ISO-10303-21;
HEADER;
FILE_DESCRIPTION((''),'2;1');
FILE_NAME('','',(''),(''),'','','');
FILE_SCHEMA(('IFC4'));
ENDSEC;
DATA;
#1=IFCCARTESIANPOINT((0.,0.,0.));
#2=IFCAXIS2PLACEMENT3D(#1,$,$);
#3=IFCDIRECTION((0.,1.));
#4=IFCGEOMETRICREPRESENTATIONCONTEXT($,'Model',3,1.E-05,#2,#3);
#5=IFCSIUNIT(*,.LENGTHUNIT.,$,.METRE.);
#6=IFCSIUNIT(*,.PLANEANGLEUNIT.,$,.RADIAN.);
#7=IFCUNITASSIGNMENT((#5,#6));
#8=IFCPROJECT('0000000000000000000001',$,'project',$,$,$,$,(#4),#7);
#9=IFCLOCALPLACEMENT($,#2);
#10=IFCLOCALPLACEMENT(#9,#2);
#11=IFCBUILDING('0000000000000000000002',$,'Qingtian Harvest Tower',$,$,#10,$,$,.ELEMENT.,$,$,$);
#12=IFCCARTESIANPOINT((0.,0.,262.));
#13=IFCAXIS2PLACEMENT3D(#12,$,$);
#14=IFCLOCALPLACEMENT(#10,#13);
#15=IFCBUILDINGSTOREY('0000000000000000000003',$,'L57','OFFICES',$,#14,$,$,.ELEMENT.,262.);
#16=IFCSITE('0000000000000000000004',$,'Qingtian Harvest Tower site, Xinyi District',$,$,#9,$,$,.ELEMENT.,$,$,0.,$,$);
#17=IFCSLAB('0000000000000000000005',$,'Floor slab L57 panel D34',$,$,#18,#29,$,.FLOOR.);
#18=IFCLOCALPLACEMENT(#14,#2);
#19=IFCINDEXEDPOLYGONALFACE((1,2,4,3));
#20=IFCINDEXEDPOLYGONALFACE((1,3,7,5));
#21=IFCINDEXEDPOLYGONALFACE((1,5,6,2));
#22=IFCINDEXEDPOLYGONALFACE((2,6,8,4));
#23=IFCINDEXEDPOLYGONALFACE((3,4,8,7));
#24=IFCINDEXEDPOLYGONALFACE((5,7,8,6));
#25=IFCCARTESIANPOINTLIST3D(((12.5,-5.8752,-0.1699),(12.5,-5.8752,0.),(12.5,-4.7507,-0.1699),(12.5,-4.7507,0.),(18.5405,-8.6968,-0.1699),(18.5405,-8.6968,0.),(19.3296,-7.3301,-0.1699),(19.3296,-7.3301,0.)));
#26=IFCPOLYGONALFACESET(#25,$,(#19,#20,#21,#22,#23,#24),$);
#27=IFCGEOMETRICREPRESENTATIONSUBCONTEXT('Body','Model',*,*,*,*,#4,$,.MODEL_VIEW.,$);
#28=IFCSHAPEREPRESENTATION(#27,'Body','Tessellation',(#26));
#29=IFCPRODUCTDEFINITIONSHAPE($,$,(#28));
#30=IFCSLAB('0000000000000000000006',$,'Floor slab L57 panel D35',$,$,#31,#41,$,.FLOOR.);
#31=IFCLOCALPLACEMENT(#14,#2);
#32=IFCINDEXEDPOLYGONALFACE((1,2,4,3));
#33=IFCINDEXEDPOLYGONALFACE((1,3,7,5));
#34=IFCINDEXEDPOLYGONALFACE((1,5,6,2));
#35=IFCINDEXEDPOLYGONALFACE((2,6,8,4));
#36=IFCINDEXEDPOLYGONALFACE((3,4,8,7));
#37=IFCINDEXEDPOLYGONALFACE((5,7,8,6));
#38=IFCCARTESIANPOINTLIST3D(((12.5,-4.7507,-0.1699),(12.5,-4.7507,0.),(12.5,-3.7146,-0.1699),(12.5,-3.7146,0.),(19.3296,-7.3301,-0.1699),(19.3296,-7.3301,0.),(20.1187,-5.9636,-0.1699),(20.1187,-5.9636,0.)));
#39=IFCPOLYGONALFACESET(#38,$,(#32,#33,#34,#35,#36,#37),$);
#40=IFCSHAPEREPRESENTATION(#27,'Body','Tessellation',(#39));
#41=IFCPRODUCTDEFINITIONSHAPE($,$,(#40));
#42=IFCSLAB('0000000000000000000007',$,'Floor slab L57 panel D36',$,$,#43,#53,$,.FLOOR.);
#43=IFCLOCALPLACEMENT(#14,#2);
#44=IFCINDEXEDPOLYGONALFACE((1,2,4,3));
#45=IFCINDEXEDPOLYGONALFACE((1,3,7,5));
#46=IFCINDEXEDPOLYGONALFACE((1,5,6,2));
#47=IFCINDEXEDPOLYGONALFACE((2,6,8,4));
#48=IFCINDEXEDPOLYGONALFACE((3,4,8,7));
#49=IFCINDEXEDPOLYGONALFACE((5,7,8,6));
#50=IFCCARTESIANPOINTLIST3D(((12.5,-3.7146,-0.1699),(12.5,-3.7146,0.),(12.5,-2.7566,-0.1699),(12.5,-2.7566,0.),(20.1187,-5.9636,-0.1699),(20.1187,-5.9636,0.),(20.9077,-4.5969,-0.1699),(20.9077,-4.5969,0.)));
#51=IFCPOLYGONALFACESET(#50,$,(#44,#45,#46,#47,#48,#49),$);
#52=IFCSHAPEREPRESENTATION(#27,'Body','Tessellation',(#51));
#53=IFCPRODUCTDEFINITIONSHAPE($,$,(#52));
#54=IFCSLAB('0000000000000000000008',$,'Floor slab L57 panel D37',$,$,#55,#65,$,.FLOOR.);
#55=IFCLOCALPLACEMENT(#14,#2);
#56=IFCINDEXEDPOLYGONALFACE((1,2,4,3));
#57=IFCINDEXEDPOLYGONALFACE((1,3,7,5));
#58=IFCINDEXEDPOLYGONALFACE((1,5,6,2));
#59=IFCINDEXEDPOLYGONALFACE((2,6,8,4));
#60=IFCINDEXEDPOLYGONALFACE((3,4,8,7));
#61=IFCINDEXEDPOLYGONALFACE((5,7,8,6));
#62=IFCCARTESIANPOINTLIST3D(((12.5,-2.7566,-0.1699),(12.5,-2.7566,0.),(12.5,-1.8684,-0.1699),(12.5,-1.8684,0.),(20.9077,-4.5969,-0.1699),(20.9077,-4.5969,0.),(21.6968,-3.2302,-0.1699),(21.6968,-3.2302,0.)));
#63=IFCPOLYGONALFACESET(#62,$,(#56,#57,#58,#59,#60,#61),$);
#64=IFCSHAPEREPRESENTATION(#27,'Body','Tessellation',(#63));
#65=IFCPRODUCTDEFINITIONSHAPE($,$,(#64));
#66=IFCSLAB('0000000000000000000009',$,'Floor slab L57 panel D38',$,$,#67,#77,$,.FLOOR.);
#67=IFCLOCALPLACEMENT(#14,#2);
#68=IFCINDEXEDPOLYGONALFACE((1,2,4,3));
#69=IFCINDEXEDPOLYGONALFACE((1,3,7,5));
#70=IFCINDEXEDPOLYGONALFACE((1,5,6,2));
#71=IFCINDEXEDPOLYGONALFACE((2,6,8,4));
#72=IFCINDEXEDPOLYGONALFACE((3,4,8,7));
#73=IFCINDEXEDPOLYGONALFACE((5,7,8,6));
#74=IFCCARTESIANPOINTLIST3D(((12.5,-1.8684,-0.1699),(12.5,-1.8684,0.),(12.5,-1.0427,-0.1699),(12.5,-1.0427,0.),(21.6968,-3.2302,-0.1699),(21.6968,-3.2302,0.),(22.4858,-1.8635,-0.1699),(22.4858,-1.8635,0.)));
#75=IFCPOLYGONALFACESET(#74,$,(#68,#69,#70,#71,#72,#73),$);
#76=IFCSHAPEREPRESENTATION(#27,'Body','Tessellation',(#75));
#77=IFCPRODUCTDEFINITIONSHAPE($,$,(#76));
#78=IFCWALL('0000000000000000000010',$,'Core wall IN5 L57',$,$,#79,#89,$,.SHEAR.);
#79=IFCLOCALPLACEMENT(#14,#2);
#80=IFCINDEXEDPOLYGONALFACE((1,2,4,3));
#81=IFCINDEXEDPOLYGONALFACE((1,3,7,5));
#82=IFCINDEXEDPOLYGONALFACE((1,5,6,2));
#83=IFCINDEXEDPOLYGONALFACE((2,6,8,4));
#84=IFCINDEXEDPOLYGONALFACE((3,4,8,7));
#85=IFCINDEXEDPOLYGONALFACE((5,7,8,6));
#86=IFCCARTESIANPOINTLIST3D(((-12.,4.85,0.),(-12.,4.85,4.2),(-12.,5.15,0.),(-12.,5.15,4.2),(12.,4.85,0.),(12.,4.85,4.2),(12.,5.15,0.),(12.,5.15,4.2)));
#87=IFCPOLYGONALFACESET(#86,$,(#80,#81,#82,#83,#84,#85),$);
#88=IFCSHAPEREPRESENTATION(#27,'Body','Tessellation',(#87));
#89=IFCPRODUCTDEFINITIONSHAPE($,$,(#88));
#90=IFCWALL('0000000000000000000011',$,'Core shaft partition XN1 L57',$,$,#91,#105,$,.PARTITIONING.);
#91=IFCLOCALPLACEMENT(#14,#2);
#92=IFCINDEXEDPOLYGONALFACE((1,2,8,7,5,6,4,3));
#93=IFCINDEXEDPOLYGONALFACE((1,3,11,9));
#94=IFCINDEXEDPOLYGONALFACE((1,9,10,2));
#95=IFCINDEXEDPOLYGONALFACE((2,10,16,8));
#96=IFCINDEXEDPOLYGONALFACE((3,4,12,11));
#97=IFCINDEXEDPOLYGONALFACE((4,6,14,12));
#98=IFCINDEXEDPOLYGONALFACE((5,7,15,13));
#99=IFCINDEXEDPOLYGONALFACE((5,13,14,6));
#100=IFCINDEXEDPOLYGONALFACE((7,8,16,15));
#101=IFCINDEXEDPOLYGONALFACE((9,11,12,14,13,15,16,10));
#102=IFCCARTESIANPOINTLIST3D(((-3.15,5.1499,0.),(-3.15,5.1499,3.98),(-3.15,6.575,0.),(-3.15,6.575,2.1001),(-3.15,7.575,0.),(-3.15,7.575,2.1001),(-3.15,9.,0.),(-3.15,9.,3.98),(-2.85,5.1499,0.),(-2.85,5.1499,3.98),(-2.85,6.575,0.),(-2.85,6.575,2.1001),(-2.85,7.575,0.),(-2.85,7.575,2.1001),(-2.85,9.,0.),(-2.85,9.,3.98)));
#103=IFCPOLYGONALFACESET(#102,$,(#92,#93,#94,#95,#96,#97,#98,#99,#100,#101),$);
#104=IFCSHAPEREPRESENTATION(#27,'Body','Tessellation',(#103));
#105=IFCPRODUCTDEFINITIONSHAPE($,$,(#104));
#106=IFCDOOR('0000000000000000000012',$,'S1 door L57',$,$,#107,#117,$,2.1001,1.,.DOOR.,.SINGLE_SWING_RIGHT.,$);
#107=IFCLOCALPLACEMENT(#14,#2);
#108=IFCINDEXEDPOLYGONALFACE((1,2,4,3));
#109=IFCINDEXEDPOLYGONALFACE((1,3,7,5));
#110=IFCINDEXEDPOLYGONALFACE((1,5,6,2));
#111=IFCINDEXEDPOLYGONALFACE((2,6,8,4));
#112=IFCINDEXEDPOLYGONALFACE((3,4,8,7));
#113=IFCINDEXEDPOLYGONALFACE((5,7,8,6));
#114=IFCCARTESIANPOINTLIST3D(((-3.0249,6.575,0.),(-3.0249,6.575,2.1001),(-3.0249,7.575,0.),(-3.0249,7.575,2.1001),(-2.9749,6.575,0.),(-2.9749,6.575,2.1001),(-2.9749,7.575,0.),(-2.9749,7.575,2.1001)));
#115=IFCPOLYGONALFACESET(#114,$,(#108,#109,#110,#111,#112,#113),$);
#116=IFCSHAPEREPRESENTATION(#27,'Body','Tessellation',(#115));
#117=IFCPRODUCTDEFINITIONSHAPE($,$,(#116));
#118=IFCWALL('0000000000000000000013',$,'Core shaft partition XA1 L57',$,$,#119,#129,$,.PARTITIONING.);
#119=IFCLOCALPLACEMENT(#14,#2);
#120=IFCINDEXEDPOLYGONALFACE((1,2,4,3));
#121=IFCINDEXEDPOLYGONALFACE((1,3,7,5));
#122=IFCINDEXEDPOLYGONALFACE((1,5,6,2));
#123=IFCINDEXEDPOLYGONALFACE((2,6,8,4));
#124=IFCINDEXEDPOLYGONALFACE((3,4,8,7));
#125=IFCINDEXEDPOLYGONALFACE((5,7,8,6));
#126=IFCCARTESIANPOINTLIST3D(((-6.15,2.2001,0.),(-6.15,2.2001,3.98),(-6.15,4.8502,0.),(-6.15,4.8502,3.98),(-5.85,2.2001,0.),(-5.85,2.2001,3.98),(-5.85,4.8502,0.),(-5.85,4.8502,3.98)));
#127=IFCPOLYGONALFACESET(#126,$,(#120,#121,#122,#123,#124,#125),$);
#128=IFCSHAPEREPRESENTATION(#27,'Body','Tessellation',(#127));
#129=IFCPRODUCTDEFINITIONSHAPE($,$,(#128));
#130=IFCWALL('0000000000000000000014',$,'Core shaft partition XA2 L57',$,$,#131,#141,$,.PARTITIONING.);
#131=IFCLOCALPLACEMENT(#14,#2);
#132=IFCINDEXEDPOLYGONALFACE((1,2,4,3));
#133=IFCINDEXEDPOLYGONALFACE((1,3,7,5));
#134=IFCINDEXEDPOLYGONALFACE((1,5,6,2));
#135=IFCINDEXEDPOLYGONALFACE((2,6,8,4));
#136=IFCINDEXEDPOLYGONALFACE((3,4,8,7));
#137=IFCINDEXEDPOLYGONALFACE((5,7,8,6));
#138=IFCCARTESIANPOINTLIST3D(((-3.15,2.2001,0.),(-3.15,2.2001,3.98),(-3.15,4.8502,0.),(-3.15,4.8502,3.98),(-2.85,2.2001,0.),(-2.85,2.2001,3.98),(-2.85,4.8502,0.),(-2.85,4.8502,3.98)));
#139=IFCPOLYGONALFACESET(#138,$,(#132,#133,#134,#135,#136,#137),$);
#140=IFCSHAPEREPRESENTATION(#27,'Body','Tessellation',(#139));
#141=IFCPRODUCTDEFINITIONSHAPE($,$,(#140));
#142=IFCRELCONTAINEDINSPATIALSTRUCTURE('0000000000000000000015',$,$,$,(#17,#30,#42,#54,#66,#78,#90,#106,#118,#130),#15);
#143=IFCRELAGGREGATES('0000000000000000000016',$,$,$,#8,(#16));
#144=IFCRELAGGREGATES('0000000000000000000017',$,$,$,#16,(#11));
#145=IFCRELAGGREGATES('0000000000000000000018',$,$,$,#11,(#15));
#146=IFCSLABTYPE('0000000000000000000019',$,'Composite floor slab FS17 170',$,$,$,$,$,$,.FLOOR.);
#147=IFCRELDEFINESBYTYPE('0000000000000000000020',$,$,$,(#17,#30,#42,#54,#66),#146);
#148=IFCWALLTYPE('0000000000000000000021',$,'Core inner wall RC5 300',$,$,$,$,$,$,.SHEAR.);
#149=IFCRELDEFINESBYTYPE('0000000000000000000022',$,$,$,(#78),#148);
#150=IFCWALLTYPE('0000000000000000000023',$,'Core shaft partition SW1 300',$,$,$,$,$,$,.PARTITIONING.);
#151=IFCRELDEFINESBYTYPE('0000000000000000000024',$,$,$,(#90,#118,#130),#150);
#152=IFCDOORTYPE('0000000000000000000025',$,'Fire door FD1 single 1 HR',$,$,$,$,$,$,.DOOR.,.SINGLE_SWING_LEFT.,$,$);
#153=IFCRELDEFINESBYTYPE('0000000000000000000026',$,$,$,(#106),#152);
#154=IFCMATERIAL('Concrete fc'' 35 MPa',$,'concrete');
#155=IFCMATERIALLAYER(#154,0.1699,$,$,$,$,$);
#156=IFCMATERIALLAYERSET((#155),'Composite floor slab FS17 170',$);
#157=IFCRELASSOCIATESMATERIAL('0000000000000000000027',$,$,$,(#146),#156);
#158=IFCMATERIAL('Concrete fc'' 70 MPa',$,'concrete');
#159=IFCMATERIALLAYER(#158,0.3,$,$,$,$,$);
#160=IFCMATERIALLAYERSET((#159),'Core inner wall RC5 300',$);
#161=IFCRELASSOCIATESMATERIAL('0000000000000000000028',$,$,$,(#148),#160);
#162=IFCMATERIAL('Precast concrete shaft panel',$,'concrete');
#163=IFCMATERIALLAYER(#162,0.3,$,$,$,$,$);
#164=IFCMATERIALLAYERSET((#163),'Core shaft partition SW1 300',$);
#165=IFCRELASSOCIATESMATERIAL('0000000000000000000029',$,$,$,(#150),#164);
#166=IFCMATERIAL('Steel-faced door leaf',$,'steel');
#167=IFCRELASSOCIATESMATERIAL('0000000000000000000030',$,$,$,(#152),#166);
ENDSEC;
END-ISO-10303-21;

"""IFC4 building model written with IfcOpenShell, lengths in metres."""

from ifc_helpers import new_model, si_unit, direction, frame, frame_2d, origin, place, context, subcontext, project, spatial, polyline, rectangle, outline, extrude, material, layer, layer_set, type_object, element, fill, save


model = new_model("IFC4")

# Units and contexts
model_context = context("Model", 3, precision=1e-05, world=origin(), true_north=direction((0.0, 1.0)))
body_context = subcontext(model_context, "Body", "Model", "MODEL_VIEW")
ifc_project = project(units=[si_unit("LENGTHUNIT", "METRE"), si_unit("PLANEANGLEUNIT", "RADIAN")], contexts=[model_context])

# Site, building, storey
site_placement = place(None, origin())
site = spatial("IfcSite", under=ifc_project, at=site_placement, Name="Qingtian Harvest Tower site, Xinyi District", CompositionType="ELEMENT", RefElevation=0.0)
building_placement = place(site_placement, origin())
building = spatial("IfcBuilding", under=site, at=building_placement, Name="Qingtian Harvest Tower", CompositionType="ELEMENT")
storey_placement = place(building_placement, frame((0.0, 0.0, 262.0)))
storey = spatial("IfcBuildingStorey", under=building, at=storey_placement, Name="L57", Description="OFFICES", CompositionType="ELEMENT", Elevation=262.0)

# Slabs
ifc_material_1 = material(Name="Concrete fc' 35 MPa", Category="concrete")
ifc_layer_1 = layer(ifc_material_1, 0.1699)
ifc_layer_set_1 = layer_set([ifc_layer_1], Name="Composite floor slab FS17 170")
slab_type = type_object("IfcSlabType", Name="Composite floor slab FS17 170", PredefinedType="FLOOR", material=ifc_layer_set_1)
slab_1_placement = place(storey_placement, frame((0.0, 0.0, -0.1699)))
element("IfcSlab", 1, at=slab_1_placement, inside=storey, type_object=slab_type, Name="Floor slab L57 panel D34", PredefinedType="FLOOR", context=body_context, shape_type="SweptSolid", body=[
    extrude(outline(polyline([(12.5, -4.7507), (19.3296, -7.3301), (18.5405, -8.6968), (12.5, -5.8752), (12.5, -4.7507)])), origin(), (0.0, 0.0, 1.0), 0.1699),
])
slab_2_placement = place(storey_placement, frame((0.0, 0.0, -0.1699)))
element("IfcSlab", 2, at=slab_2_placement, inside=storey, type_object=slab_type, Name="Floor slab L57 panel D35", PredefinedType="FLOOR", context=body_context, shape_type="SweptSolid", body=[
    extrude(outline(polyline([(12.5, -3.7146), (20.1187, -5.9636), (19.3296, -7.3301), (12.5, -4.7507), (12.5, -3.7146)])), origin(), (0.0, 0.0, 1.0), 0.1699),
])
slab_3_placement = place(storey_placement, frame((0.0, 0.0, -0.1699)))
element("IfcSlab", 3, at=slab_3_placement, inside=storey, type_object=slab_type, Name="Floor slab L57 panel D36", PredefinedType="FLOOR", context=body_context, shape_type="SweptSolid", body=[
    extrude(outline(polyline([(12.5, -2.7566), (20.9077, -4.5969), (20.1187, -5.9636), (12.5, -3.7146), (12.5, -2.7566)])), origin(), (0.0, 0.0, 1.0), 0.1699),
])
slab_4_placement = place(storey_placement, frame((0.0, 0.0, -0.1699)))
element("IfcSlab", 4, at=slab_4_placement, inside=storey, type_object=slab_type, Name="Floor slab L57 panel D37", PredefinedType="FLOOR", context=body_context, shape_type="SweptSolid", body=[
    extrude(outline(polyline([(12.5, -1.8684), (21.6968, -3.2302), (20.9077, -4.5969), (12.5, -2.7566), (12.5, -1.8684)])), origin(), (0.0, 0.0, 1.0), 0.1699),
])
slab_5_placement = place(storey_placement, frame((0.0, 0.0, -0.1699)))
element("IfcSlab", 5, at=slab_5_placement, inside=storey, type_object=slab_type, Name="Floor slab L57 panel D38", PredefinedType="FLOOR", context=body_context, shape_type="SweptSolid", body=[
    extrude(outline(polyline([(12.5, -1.0427), (22.4858, -1.8635), (21.6968, -3.2302), (12.5, -1.8684), (12.5, -1.0427)])), origin(), (0.0, 0.0, 1.0), 0.1699),
])

# Wall
ifc_material_2 = material(Name="Concrete fc' 70 MPa", Category="concrete")
ifc_layer_2 = layer(ifc_material_2, 0.3)
ifc_layer_set_2 = layer_set([ifc_layer_2], Name="Core inner wall RC5 300")
wall_type_1 = type_object("IfcWallType", Name="Core inner wall RC5 300", PredefinedType="SHEAR", material=ifc_layer_set_2)
wall_1_placement = place(storey_placement, frame((-12.0, 5.0, 0.0), z_axis=(0.0, 0.0, 1.0), x_axis=(1.0, 0.0, 0.0)))
element("IfcWall", 6, at=wall_1_placement, inside=storey, type_object=wall_type_1, Name="Core wall IN5 L57", PredefinedType="SHEAR", context=body_context, shape_type="SweptSolid", body=[
    extrude(rectangle(XDim=24.0, YDim=0.3, at=frame_2d((12.0, 0.0))), origin(), (0.0, 0.0, 1.0), 4.2),
])

# Wall, opening, door
ifc_material_3 = material(Name="Precast concrete shaft panel", Category="concrete")
ifc_layer_3 = layer(ifc_material_3, 0.3)
ifc_layer_set_3 = layer_set([ifc_layer_3], Name="Core shaft partition SW1 300")
wall_type_2 = type_object("IfcWallType", Name="Core shaft partition SW1 300", PredefinedType="PARTITIONING", material=ifc_layer_set_3)
wall_2_placement = place(storey_placement, frame((-3.0, 5.1499, 0.0), z_axis=(0.0, 0.0, 1.0), x_axis=(0.0, 1.0, 0.0)))
wall_2 = element("IfcWall", 7, at=wall_2_placement, inside=storey, type_object=wall_type_2, Name="Core shaft partition XN1 L57", PredefinedType="PARTITIONING", context=body_context, shape_type="SweptSolid", body=[
    extrude(rectangle(XDim=3.8501, YDim=0.3, at=frame_2d((1.925, 0.0))), origin(), (0.0, 0.0, 1.0), 3.98),
])
opening_1_placement = place(wall_2_placement, frame((1.425, 0.0, 0.0)))
opening_1 = element("IfcOpeningElement", 8, at=opening_1_placement, cuts=wall_2, PredefinedType="OPENING", context=body_context, shape_type="SweptSolid", body=[
    extrude(rectangle(XDim=1.0, YDim=2.1001, at=frame_2d((0.5, 1.05))), frame((0.0, 0.1599, 0.0), z_axis=(0.0, -1.0, 0.0), x_axis=(1.0, 0.0, 0.0)), (0.0, 0.0, 1.0), 0.3201),
])
ifc_material_4 = material(Name="Steel-faced door leaf", Category="steel")
door_type_1 = type_object("IfcDoorType", Name="Fire door FD1 single 1 HR", OperationType="SINGLE_SWING_LEFT", PredefinedType="DOOR", material=ifc_material_4)
door_1_placement = place(opening_1_placement, origin())
door_1 = element("IfcDoor", 9, at=door_1_placement, inside=storey, type_object=door_type_1, Name="S1 door L57", OperationType="SINGLE_SWING_RIGHT", OverallHeight=2.1001, OverallWidth=1.0, PredefinedType="DOOR", context=body_context, shape_type="SweptSolid", body=[
    extrude(rectangle(XDim=1.0, YDim=2.1001, at=frame_2d((0.5, 1.05))), frame((0.0, 0.0249, 0.0), z_axis=(0.0, -1.0, 0.0), x_axis=(1.0, 0.0, 0.0)), (0.0, 0.0, 1.0), 0.05),
])
fill(opening_1, door_1)

# Walls
for number, where, z_axis, x_axis, name in (
    (10, (-6.0, 2.2, 0.0), (0.0, 0.0, 1.0), (0.0, 1.0, 0.0), "Core shaft partition XA1 L57"),
    (11, (-3.0, 2.2, 0.0), (0.0, 0.0, 1.0), (0.0, 1.0, 0.0), "Core shaft partition XA2 L57"),
):
    element("IfcWall", number, at=place(storey_placement, frame(where, z_axis=z_axis, x_axis=x_axis)), inside=storey, type_object=wall_type_2, Name=name, PredefinedType="PARTITIONING", context=body_context, shape_type="SweptSolid", body=[
        extrude(rectangle(XDim=2.6501, YDim=0.3, at=frame_2d((1.3252, 0.0))), origin(), (0.0, 0.0, 1.0), 3.98),
    ])

save(model, "model.ifc")
